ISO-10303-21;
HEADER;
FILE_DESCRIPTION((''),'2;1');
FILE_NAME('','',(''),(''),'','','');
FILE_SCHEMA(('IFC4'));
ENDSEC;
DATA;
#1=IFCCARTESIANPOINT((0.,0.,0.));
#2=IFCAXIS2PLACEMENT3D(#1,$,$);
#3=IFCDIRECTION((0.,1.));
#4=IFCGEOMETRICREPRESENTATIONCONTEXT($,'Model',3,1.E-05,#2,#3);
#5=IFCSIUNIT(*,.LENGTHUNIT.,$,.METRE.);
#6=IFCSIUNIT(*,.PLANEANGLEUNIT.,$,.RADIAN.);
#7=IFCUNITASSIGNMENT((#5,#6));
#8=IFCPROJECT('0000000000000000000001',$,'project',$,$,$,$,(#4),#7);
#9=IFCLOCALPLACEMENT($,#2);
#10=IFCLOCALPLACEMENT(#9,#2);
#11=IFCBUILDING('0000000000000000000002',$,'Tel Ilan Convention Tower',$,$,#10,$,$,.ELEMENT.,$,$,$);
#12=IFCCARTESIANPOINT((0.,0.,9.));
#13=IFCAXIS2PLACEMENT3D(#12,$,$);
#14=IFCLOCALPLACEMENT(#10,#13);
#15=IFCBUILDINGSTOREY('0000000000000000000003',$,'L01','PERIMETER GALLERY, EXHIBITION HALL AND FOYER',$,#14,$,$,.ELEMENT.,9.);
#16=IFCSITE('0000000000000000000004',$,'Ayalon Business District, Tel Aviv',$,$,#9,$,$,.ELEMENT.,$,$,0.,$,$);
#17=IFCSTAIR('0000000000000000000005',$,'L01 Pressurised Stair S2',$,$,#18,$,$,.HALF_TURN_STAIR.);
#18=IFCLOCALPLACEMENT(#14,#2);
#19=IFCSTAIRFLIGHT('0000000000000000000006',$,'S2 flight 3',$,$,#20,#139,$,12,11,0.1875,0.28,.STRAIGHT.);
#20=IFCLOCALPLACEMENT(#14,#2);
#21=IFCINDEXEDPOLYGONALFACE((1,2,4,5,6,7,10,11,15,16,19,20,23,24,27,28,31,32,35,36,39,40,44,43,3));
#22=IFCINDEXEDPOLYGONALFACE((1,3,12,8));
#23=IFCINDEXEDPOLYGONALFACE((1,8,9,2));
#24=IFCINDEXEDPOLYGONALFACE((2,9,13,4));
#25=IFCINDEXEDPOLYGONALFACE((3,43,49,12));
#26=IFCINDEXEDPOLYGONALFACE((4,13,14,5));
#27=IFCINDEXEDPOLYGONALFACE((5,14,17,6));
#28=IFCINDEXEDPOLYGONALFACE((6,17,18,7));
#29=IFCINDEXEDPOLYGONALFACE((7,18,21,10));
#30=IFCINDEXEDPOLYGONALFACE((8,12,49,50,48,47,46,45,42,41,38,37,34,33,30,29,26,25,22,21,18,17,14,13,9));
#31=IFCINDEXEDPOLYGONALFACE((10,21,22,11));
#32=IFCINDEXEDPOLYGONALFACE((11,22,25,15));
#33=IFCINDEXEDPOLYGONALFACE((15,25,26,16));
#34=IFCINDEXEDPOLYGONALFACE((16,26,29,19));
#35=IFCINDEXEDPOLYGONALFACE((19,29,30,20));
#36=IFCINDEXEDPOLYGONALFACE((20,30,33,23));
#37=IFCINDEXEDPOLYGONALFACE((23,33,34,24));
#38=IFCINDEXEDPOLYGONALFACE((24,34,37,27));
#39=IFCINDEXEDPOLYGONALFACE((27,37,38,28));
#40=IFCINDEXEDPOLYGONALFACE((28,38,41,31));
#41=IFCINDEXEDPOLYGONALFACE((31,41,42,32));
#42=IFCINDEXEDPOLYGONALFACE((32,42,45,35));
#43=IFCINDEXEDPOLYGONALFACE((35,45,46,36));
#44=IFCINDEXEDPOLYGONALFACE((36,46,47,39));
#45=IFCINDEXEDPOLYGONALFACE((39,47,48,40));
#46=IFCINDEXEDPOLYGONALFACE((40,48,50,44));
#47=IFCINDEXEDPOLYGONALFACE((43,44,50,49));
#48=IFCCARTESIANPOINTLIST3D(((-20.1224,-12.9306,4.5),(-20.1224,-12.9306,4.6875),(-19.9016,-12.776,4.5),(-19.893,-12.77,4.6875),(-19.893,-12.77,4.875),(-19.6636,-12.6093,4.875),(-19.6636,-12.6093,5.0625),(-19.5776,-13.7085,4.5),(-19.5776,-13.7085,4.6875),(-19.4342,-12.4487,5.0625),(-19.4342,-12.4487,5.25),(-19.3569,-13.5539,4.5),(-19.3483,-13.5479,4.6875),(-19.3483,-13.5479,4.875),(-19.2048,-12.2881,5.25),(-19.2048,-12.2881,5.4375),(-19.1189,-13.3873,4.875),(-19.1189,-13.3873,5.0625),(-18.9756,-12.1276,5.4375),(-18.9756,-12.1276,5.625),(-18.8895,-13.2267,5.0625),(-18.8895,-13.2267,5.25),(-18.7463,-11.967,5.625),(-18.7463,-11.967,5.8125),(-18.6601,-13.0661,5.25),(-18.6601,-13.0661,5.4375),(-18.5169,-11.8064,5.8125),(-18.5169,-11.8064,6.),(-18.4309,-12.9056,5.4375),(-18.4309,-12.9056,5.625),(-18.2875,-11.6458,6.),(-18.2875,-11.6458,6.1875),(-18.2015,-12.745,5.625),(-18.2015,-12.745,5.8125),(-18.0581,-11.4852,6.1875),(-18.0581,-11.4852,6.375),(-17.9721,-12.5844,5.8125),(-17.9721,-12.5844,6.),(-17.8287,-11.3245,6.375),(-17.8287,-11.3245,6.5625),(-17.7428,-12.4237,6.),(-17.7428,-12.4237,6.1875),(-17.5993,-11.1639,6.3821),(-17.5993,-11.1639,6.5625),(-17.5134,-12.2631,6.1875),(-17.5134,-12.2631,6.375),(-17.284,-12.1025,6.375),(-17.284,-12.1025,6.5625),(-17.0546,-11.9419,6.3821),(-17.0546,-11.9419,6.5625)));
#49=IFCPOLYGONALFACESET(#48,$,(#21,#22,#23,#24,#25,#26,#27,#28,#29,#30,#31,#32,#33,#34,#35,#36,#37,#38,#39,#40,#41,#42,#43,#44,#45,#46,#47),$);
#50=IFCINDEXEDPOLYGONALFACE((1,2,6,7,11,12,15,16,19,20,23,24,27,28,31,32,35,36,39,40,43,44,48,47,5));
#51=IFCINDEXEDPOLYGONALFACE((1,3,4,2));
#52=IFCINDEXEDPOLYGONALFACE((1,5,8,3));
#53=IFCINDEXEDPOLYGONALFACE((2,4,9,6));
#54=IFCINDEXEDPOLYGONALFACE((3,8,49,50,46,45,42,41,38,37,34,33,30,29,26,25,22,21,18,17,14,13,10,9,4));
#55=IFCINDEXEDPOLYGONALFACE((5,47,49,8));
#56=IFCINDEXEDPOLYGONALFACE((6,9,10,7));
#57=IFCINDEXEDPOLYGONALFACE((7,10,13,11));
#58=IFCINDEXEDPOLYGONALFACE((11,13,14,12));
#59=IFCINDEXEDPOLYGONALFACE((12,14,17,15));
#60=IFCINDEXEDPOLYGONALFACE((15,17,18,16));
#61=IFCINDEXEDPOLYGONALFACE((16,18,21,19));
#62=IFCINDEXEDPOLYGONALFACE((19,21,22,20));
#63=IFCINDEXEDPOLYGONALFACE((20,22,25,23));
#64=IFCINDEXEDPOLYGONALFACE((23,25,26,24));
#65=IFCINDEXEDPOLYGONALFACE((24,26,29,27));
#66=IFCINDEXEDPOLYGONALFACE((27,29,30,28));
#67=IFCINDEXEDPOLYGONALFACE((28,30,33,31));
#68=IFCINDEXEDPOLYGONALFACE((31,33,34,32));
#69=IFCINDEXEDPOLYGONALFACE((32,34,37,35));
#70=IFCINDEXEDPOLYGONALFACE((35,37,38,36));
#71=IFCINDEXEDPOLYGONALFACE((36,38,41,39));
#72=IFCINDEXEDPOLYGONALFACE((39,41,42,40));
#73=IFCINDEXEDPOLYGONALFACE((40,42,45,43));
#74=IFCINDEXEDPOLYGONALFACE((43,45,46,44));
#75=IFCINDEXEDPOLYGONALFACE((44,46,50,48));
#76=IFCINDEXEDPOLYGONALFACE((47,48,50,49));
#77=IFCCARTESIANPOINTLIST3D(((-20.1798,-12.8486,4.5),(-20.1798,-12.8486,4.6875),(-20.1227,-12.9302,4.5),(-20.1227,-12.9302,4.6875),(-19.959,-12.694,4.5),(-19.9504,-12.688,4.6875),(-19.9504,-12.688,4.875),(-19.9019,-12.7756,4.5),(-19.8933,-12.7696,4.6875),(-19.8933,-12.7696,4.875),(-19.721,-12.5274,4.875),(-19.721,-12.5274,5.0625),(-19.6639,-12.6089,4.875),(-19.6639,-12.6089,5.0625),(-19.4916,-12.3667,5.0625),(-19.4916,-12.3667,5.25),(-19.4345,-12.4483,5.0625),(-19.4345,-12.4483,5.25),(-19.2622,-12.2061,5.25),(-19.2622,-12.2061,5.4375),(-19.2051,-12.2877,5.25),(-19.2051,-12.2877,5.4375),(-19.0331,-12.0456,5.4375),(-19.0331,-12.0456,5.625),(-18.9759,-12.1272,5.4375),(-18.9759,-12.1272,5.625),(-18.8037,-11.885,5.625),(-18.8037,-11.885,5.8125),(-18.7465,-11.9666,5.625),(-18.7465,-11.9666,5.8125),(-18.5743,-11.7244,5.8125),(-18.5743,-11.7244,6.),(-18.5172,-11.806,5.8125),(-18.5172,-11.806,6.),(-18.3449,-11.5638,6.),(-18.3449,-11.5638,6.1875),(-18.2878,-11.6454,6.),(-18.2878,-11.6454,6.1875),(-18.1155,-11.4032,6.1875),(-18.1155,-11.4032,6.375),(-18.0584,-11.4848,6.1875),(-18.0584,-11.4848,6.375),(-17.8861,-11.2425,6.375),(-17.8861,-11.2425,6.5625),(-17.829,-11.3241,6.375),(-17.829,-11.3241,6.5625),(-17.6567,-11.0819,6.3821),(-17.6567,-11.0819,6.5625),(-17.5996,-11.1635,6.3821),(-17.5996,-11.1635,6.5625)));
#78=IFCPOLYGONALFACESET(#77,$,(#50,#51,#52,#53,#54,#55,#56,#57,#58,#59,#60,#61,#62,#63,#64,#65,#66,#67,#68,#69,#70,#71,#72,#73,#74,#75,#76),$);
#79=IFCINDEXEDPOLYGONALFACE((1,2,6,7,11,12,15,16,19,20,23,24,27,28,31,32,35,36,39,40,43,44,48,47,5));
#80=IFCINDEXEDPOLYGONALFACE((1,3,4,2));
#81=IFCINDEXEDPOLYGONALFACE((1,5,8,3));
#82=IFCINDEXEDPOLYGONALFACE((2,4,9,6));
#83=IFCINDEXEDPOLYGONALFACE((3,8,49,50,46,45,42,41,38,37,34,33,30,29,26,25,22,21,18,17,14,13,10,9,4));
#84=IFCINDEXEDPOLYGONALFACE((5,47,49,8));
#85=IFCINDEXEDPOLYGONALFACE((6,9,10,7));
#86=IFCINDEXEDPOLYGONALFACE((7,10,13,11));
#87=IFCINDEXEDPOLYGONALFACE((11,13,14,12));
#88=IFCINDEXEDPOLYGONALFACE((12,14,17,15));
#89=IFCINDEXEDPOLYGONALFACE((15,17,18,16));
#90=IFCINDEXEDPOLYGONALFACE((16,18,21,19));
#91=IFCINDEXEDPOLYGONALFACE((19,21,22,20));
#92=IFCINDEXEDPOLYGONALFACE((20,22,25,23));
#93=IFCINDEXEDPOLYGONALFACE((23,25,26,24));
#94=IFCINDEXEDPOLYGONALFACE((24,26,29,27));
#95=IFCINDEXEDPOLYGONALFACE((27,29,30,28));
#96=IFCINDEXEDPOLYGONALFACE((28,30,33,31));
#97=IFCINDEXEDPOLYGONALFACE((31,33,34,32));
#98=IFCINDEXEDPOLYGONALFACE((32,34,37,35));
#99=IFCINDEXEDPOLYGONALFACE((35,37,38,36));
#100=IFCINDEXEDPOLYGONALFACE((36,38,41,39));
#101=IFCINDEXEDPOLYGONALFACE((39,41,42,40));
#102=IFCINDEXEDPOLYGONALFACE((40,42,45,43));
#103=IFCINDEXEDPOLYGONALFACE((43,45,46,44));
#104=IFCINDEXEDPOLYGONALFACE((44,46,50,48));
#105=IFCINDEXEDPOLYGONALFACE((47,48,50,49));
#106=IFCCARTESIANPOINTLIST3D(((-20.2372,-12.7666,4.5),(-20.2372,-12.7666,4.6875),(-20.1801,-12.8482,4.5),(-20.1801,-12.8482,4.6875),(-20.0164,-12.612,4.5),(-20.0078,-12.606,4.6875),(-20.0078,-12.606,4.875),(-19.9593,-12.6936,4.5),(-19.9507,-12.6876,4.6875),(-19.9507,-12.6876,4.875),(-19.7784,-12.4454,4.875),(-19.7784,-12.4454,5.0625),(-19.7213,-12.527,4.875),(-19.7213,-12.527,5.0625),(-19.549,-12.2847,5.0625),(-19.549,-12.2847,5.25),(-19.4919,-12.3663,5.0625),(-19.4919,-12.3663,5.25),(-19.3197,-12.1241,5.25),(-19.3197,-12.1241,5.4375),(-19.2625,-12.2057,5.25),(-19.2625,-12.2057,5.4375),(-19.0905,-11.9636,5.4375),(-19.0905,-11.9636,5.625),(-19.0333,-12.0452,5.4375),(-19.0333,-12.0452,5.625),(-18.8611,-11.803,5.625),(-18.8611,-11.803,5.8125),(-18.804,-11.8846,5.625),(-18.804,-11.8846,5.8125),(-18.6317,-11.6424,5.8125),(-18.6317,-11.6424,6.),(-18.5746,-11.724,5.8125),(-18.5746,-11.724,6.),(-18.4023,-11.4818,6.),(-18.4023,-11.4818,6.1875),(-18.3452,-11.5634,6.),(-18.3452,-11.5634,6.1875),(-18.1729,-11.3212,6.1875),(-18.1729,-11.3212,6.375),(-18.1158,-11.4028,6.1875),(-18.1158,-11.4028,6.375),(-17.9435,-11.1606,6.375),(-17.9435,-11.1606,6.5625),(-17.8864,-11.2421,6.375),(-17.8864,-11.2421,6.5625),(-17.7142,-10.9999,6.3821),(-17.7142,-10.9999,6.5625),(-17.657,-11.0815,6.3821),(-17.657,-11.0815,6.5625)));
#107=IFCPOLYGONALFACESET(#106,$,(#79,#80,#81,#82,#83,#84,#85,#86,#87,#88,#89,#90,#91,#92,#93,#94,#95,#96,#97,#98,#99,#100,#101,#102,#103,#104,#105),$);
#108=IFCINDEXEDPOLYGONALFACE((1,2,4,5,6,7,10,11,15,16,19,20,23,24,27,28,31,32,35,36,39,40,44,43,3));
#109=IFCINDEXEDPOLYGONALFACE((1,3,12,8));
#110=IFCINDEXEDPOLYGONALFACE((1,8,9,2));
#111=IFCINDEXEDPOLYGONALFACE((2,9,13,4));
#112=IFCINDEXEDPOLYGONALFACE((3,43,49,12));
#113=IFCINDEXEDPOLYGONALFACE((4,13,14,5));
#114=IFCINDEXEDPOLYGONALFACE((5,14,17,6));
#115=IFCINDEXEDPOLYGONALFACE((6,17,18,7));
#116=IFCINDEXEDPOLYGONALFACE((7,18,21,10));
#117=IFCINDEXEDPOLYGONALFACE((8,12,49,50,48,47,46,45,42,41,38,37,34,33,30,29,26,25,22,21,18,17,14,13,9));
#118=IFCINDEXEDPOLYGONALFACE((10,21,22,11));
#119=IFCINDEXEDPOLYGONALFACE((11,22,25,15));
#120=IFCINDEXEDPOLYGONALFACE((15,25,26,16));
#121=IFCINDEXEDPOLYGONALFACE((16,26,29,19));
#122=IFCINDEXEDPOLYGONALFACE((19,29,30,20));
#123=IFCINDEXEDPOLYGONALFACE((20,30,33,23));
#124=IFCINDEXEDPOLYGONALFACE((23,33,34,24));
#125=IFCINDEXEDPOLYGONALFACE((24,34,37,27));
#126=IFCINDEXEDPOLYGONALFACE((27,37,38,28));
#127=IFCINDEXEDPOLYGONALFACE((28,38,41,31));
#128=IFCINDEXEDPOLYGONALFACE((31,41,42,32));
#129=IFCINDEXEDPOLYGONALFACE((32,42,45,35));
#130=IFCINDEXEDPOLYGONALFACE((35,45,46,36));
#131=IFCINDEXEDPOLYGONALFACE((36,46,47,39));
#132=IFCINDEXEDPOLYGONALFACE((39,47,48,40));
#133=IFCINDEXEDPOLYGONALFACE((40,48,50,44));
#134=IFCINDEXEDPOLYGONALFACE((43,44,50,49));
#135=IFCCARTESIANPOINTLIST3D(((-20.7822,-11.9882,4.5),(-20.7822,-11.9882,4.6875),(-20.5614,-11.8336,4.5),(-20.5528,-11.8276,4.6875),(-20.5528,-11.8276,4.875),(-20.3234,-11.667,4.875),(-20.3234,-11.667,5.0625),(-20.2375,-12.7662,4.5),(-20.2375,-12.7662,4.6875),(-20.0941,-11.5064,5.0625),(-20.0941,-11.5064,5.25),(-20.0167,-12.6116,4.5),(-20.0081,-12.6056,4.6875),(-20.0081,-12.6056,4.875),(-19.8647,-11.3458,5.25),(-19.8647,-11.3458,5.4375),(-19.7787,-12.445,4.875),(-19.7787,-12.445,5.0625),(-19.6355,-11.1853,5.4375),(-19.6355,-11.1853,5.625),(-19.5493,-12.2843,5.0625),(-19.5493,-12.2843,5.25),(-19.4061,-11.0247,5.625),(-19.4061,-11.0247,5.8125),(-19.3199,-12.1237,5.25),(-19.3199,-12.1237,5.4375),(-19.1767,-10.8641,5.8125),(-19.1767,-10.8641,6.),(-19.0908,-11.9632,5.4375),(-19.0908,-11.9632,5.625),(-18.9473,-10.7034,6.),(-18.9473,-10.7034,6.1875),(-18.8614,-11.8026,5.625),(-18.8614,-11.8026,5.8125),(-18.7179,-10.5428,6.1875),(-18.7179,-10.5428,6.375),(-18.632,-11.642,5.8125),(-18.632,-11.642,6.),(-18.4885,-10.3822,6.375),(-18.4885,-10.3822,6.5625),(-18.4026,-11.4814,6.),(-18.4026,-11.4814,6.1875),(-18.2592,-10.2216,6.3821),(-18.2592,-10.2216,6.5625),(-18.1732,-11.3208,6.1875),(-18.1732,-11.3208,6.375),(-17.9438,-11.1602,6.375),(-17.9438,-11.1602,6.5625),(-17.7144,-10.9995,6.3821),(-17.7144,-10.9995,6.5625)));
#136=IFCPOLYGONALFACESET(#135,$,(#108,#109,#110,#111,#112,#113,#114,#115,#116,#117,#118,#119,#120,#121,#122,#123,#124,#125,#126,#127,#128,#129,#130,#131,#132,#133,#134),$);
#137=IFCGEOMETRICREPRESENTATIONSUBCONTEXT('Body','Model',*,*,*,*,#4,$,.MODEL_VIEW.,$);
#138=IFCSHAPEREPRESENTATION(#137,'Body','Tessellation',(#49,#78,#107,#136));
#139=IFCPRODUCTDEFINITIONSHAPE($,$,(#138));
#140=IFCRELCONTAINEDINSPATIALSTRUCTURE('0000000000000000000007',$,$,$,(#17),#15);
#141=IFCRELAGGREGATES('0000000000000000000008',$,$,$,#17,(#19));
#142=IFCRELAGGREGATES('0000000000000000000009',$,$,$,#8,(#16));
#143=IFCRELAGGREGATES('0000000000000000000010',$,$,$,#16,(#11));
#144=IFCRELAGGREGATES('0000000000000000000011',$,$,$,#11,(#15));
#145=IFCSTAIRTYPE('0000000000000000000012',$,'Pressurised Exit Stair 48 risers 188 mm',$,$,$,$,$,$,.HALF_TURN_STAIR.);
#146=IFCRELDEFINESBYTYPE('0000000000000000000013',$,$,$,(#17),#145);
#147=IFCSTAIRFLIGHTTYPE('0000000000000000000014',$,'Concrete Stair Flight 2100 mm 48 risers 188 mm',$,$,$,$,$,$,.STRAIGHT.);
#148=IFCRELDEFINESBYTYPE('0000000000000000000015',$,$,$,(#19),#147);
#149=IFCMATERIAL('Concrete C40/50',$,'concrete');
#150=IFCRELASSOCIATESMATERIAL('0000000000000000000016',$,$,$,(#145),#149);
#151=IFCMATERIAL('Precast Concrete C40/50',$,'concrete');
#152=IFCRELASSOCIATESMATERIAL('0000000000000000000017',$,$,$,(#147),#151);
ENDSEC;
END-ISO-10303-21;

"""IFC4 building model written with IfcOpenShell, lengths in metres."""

from ifc_helpers import new_model, si_unit, direction, frame, origin, place, context, subcontext, project, spatial, polyline, outline, extrude, material, type_object, element, aggregate, save


model = new_model("IFC4")

# Units and contexts
model_context = context("Model", 3, precision=1e-05, world=origin(), true_north=direction((0.0, 1.0)))
body_context = subcontext(model_context, "Body", "Model", "MODEL_VIEW")
ifc_project = project(units=[si_unit("LENGTHUNIT", "METRE"), si_unit("PLANEANGLEUNIT", "RADIAN")], contexts=[model_context])

# Site, building, storey
site_placement = place(None, origin())
site = spatial("IfcSite", under=ifc_project, at=site_placement, Name="Ayalon Business District, Tel Aviv", CompositionType="ELEMENT", RefElevation=0.0)
building_placement = place(site_placement, origin())
building = spatial("IfcBuilding", under=site, at=building_placement, Name="Tel Ilan Convention Tower", CompositionType="ELEMENT")
storey_placement = place(building_placement, frame((0.0, 0.0, 9.0)))
storey = spatial("IfcBuildingStorey", under=building, at=storey_placement, Name="L01", Description="PERIMETER GALLERY, EXHIBITION HALL AND FOYER", CompositionType="ELEMENT", Elevation=9.0)

# Stair, stair flight
ifc_material_1 = material(Name="Concrete C40/50", Category="concrete")
stair_type = type_object("IfcStairType", Name="Pressurised Exit Stair 48 risers 188 mm", PredefinedType="HALF_TURN_STAIR", material=ifc_material_1)
ifc_material_2 = material(Name="Precast Concrete C40/50", Category="concrete")
stair_flight_type = type_object("IfcStairFlightType", Name="Concrete Stair Flight 2100 mm 48 risers 188 mm", PredefinedType="STRAIGHT", material=ifc_material_2)
stair_1_placement = place(storey_placement, origin())
stair_1 = element("IfcStair", 1, at=stair_1_placement, inside=storey, type_object=stair_type, Name="L01 Pressurised Stair S2", PredefinedType="HALF_TURN_STAIR")
stair_flight_1_placement = place(storey_placement, frame((-20.1799, -12.8484, 4.5), z_axis=(0.0, 0.0, 1.0), x_axis=(0.819152, 0.573576, 0.0)))
stair_flight_1 = element("IfcStairFlight", 2, at=stair_flight_1_placement, type_object=stair_flight_type, Name="S2 flight 3", NumberOfRisers=12, NumberOfTreads=11, PredefinedType="STRAIGHT", RiserHeight=0.1875, TreadLength=0.28, context=body_context, shape_type="SweptSolid", body=[
    extrude(outline(polyline([(0.0, 0.0), (0.0, 0.1875), (0.28, 0.1875), (0.28, 0.375), (0.5601, 0.375), (0.5601, 0.5625), (0.8401, 0.5625), (0.8401, 0.75), (1.1201, 0.75), (1.1201, 0.9375), (1.3999, 0.9375), (1.3999, 1.125), (1.6799, 1.125), (1.6799, 1.3125), (1.96, 1.3125), (1.96, 1.5), (2.24, 1.5), (2.24, 1.6875), (2.52, 1.6875), (2.52, 1.875), (2.8, 1.875), (2.8, 2.0625), (3.0801, 2.0625), (3.0801, 2.25), (3.0801, 1.8821), (0.2695, 0.0), (0.0, 0.0)])), frame((0.0, -0.1003, 0.0), z_axis=(0.0, -1.0, 0.0), x_axis=(1.0, 0.0, 0.0)), (0.0, 0.0, 1.0), 0.9497),
    extrude(outline(polyline([(0.0, 0.0), (0.0, 0.1875), (0.28, 0.1875), (0.28, 0.375), (0.5601, 0.375), (0.5601, 0.5625), (0.8401, 0.5625), (0.8401, 0.75), (1.1201, 0.75), (1.1201, 0.9375), (1.3999, 0.9375), (1.3999, 1.125), (1.6799, 1.125), (1.6799, 1.3125), (1.96, 1.3125), (1.96, 1.5), (2.24, 1.5), (2.24, 1.6875), (2.52, 1.6875), (2.52, 1.875), (2.8, 1.875), (2.8, 2.0625), (3.0801, 2.0625), (3.0801, 2.25), (3.0801, 1.8821), (0.2695, 0.0), (0.0, 0.0)])), frame((0.0, -0.0002, 0.0), z_axis=(0.0, -1.0, 0.0), x_axis=(1.0, 0.0, 0.0)), (0.0, 0.0, 1.0), 0.0996),
    extrude(outline(polyline([(0.0, 0.0), (0.0, 0.1875), (0.28, 0.1875), (0.28, 0.375), (0.5601, 0.375), (0.5601, 0.5625), (0.8401, 0.5625), (0.8401, 0.75), (1.1201, 0.75), (1.1201, 0.9375), (1.3999, 0.9375), (1.3999, 1.125), (1.6799, 1.125), (1.6799, 1.3125), (1.96, 1.3125), (1.96, 1.5), (2.24, 1.5), (2.24, 1.6875), (2.52, 1.6875), (2.52, 1.875), (2.8, 1.875), (2.8, 2.0625), (3.0801, 2.0625), (3.0801, 2.25), (3.0801, 1.8821), (0.2695, 0.0), (0.0, 0.0)])), frame((0.0, 0.0999, 0.0), z_axis=(0.0, -1.0, 0.0), x_axis=(1.0, 0.0, 0.0)), (0.0, 0.0, 1.0), 0.0996),
    extrude(outline(polyline([(0.0, 0.0), (0.0, 0.1875), (0.28, 0.1875), (0.28, 0.375), (0.5601, 0.375), (0.5601, 0.5625), (0.8401, 0.5625), (0.8401, 0.75), (1.1201, 0.75), (1.1201, 0.9375), (1.3999, 0.9375), (1.3999, 1.125), (1.6799, 1.125), (1.6799, 1.3125), (1.96, 1.3125), (1.96, 1.5), (2.24, 1.5), (2.24, 1.6875), (2.52, 1.6875), (2.52, 1.875), (2.8, 1.875), (2.8, 2.0625), (3.0801, 2.0625), (3.0801, 2.25), (3.0801, 1.8821), (0.2695, 0.0), (0.0, 0.0)])), frame((0.0, 1.05, 0.0), z_axis=(0.0, -1.0, 0.0), x_axis=(1.0, 0.0, 0.0)), (0.0, 0.0, 1.0), 0.9497),
])
aggregate(stair_1, [stair_flight_1])

save(model, "model.ifc")
